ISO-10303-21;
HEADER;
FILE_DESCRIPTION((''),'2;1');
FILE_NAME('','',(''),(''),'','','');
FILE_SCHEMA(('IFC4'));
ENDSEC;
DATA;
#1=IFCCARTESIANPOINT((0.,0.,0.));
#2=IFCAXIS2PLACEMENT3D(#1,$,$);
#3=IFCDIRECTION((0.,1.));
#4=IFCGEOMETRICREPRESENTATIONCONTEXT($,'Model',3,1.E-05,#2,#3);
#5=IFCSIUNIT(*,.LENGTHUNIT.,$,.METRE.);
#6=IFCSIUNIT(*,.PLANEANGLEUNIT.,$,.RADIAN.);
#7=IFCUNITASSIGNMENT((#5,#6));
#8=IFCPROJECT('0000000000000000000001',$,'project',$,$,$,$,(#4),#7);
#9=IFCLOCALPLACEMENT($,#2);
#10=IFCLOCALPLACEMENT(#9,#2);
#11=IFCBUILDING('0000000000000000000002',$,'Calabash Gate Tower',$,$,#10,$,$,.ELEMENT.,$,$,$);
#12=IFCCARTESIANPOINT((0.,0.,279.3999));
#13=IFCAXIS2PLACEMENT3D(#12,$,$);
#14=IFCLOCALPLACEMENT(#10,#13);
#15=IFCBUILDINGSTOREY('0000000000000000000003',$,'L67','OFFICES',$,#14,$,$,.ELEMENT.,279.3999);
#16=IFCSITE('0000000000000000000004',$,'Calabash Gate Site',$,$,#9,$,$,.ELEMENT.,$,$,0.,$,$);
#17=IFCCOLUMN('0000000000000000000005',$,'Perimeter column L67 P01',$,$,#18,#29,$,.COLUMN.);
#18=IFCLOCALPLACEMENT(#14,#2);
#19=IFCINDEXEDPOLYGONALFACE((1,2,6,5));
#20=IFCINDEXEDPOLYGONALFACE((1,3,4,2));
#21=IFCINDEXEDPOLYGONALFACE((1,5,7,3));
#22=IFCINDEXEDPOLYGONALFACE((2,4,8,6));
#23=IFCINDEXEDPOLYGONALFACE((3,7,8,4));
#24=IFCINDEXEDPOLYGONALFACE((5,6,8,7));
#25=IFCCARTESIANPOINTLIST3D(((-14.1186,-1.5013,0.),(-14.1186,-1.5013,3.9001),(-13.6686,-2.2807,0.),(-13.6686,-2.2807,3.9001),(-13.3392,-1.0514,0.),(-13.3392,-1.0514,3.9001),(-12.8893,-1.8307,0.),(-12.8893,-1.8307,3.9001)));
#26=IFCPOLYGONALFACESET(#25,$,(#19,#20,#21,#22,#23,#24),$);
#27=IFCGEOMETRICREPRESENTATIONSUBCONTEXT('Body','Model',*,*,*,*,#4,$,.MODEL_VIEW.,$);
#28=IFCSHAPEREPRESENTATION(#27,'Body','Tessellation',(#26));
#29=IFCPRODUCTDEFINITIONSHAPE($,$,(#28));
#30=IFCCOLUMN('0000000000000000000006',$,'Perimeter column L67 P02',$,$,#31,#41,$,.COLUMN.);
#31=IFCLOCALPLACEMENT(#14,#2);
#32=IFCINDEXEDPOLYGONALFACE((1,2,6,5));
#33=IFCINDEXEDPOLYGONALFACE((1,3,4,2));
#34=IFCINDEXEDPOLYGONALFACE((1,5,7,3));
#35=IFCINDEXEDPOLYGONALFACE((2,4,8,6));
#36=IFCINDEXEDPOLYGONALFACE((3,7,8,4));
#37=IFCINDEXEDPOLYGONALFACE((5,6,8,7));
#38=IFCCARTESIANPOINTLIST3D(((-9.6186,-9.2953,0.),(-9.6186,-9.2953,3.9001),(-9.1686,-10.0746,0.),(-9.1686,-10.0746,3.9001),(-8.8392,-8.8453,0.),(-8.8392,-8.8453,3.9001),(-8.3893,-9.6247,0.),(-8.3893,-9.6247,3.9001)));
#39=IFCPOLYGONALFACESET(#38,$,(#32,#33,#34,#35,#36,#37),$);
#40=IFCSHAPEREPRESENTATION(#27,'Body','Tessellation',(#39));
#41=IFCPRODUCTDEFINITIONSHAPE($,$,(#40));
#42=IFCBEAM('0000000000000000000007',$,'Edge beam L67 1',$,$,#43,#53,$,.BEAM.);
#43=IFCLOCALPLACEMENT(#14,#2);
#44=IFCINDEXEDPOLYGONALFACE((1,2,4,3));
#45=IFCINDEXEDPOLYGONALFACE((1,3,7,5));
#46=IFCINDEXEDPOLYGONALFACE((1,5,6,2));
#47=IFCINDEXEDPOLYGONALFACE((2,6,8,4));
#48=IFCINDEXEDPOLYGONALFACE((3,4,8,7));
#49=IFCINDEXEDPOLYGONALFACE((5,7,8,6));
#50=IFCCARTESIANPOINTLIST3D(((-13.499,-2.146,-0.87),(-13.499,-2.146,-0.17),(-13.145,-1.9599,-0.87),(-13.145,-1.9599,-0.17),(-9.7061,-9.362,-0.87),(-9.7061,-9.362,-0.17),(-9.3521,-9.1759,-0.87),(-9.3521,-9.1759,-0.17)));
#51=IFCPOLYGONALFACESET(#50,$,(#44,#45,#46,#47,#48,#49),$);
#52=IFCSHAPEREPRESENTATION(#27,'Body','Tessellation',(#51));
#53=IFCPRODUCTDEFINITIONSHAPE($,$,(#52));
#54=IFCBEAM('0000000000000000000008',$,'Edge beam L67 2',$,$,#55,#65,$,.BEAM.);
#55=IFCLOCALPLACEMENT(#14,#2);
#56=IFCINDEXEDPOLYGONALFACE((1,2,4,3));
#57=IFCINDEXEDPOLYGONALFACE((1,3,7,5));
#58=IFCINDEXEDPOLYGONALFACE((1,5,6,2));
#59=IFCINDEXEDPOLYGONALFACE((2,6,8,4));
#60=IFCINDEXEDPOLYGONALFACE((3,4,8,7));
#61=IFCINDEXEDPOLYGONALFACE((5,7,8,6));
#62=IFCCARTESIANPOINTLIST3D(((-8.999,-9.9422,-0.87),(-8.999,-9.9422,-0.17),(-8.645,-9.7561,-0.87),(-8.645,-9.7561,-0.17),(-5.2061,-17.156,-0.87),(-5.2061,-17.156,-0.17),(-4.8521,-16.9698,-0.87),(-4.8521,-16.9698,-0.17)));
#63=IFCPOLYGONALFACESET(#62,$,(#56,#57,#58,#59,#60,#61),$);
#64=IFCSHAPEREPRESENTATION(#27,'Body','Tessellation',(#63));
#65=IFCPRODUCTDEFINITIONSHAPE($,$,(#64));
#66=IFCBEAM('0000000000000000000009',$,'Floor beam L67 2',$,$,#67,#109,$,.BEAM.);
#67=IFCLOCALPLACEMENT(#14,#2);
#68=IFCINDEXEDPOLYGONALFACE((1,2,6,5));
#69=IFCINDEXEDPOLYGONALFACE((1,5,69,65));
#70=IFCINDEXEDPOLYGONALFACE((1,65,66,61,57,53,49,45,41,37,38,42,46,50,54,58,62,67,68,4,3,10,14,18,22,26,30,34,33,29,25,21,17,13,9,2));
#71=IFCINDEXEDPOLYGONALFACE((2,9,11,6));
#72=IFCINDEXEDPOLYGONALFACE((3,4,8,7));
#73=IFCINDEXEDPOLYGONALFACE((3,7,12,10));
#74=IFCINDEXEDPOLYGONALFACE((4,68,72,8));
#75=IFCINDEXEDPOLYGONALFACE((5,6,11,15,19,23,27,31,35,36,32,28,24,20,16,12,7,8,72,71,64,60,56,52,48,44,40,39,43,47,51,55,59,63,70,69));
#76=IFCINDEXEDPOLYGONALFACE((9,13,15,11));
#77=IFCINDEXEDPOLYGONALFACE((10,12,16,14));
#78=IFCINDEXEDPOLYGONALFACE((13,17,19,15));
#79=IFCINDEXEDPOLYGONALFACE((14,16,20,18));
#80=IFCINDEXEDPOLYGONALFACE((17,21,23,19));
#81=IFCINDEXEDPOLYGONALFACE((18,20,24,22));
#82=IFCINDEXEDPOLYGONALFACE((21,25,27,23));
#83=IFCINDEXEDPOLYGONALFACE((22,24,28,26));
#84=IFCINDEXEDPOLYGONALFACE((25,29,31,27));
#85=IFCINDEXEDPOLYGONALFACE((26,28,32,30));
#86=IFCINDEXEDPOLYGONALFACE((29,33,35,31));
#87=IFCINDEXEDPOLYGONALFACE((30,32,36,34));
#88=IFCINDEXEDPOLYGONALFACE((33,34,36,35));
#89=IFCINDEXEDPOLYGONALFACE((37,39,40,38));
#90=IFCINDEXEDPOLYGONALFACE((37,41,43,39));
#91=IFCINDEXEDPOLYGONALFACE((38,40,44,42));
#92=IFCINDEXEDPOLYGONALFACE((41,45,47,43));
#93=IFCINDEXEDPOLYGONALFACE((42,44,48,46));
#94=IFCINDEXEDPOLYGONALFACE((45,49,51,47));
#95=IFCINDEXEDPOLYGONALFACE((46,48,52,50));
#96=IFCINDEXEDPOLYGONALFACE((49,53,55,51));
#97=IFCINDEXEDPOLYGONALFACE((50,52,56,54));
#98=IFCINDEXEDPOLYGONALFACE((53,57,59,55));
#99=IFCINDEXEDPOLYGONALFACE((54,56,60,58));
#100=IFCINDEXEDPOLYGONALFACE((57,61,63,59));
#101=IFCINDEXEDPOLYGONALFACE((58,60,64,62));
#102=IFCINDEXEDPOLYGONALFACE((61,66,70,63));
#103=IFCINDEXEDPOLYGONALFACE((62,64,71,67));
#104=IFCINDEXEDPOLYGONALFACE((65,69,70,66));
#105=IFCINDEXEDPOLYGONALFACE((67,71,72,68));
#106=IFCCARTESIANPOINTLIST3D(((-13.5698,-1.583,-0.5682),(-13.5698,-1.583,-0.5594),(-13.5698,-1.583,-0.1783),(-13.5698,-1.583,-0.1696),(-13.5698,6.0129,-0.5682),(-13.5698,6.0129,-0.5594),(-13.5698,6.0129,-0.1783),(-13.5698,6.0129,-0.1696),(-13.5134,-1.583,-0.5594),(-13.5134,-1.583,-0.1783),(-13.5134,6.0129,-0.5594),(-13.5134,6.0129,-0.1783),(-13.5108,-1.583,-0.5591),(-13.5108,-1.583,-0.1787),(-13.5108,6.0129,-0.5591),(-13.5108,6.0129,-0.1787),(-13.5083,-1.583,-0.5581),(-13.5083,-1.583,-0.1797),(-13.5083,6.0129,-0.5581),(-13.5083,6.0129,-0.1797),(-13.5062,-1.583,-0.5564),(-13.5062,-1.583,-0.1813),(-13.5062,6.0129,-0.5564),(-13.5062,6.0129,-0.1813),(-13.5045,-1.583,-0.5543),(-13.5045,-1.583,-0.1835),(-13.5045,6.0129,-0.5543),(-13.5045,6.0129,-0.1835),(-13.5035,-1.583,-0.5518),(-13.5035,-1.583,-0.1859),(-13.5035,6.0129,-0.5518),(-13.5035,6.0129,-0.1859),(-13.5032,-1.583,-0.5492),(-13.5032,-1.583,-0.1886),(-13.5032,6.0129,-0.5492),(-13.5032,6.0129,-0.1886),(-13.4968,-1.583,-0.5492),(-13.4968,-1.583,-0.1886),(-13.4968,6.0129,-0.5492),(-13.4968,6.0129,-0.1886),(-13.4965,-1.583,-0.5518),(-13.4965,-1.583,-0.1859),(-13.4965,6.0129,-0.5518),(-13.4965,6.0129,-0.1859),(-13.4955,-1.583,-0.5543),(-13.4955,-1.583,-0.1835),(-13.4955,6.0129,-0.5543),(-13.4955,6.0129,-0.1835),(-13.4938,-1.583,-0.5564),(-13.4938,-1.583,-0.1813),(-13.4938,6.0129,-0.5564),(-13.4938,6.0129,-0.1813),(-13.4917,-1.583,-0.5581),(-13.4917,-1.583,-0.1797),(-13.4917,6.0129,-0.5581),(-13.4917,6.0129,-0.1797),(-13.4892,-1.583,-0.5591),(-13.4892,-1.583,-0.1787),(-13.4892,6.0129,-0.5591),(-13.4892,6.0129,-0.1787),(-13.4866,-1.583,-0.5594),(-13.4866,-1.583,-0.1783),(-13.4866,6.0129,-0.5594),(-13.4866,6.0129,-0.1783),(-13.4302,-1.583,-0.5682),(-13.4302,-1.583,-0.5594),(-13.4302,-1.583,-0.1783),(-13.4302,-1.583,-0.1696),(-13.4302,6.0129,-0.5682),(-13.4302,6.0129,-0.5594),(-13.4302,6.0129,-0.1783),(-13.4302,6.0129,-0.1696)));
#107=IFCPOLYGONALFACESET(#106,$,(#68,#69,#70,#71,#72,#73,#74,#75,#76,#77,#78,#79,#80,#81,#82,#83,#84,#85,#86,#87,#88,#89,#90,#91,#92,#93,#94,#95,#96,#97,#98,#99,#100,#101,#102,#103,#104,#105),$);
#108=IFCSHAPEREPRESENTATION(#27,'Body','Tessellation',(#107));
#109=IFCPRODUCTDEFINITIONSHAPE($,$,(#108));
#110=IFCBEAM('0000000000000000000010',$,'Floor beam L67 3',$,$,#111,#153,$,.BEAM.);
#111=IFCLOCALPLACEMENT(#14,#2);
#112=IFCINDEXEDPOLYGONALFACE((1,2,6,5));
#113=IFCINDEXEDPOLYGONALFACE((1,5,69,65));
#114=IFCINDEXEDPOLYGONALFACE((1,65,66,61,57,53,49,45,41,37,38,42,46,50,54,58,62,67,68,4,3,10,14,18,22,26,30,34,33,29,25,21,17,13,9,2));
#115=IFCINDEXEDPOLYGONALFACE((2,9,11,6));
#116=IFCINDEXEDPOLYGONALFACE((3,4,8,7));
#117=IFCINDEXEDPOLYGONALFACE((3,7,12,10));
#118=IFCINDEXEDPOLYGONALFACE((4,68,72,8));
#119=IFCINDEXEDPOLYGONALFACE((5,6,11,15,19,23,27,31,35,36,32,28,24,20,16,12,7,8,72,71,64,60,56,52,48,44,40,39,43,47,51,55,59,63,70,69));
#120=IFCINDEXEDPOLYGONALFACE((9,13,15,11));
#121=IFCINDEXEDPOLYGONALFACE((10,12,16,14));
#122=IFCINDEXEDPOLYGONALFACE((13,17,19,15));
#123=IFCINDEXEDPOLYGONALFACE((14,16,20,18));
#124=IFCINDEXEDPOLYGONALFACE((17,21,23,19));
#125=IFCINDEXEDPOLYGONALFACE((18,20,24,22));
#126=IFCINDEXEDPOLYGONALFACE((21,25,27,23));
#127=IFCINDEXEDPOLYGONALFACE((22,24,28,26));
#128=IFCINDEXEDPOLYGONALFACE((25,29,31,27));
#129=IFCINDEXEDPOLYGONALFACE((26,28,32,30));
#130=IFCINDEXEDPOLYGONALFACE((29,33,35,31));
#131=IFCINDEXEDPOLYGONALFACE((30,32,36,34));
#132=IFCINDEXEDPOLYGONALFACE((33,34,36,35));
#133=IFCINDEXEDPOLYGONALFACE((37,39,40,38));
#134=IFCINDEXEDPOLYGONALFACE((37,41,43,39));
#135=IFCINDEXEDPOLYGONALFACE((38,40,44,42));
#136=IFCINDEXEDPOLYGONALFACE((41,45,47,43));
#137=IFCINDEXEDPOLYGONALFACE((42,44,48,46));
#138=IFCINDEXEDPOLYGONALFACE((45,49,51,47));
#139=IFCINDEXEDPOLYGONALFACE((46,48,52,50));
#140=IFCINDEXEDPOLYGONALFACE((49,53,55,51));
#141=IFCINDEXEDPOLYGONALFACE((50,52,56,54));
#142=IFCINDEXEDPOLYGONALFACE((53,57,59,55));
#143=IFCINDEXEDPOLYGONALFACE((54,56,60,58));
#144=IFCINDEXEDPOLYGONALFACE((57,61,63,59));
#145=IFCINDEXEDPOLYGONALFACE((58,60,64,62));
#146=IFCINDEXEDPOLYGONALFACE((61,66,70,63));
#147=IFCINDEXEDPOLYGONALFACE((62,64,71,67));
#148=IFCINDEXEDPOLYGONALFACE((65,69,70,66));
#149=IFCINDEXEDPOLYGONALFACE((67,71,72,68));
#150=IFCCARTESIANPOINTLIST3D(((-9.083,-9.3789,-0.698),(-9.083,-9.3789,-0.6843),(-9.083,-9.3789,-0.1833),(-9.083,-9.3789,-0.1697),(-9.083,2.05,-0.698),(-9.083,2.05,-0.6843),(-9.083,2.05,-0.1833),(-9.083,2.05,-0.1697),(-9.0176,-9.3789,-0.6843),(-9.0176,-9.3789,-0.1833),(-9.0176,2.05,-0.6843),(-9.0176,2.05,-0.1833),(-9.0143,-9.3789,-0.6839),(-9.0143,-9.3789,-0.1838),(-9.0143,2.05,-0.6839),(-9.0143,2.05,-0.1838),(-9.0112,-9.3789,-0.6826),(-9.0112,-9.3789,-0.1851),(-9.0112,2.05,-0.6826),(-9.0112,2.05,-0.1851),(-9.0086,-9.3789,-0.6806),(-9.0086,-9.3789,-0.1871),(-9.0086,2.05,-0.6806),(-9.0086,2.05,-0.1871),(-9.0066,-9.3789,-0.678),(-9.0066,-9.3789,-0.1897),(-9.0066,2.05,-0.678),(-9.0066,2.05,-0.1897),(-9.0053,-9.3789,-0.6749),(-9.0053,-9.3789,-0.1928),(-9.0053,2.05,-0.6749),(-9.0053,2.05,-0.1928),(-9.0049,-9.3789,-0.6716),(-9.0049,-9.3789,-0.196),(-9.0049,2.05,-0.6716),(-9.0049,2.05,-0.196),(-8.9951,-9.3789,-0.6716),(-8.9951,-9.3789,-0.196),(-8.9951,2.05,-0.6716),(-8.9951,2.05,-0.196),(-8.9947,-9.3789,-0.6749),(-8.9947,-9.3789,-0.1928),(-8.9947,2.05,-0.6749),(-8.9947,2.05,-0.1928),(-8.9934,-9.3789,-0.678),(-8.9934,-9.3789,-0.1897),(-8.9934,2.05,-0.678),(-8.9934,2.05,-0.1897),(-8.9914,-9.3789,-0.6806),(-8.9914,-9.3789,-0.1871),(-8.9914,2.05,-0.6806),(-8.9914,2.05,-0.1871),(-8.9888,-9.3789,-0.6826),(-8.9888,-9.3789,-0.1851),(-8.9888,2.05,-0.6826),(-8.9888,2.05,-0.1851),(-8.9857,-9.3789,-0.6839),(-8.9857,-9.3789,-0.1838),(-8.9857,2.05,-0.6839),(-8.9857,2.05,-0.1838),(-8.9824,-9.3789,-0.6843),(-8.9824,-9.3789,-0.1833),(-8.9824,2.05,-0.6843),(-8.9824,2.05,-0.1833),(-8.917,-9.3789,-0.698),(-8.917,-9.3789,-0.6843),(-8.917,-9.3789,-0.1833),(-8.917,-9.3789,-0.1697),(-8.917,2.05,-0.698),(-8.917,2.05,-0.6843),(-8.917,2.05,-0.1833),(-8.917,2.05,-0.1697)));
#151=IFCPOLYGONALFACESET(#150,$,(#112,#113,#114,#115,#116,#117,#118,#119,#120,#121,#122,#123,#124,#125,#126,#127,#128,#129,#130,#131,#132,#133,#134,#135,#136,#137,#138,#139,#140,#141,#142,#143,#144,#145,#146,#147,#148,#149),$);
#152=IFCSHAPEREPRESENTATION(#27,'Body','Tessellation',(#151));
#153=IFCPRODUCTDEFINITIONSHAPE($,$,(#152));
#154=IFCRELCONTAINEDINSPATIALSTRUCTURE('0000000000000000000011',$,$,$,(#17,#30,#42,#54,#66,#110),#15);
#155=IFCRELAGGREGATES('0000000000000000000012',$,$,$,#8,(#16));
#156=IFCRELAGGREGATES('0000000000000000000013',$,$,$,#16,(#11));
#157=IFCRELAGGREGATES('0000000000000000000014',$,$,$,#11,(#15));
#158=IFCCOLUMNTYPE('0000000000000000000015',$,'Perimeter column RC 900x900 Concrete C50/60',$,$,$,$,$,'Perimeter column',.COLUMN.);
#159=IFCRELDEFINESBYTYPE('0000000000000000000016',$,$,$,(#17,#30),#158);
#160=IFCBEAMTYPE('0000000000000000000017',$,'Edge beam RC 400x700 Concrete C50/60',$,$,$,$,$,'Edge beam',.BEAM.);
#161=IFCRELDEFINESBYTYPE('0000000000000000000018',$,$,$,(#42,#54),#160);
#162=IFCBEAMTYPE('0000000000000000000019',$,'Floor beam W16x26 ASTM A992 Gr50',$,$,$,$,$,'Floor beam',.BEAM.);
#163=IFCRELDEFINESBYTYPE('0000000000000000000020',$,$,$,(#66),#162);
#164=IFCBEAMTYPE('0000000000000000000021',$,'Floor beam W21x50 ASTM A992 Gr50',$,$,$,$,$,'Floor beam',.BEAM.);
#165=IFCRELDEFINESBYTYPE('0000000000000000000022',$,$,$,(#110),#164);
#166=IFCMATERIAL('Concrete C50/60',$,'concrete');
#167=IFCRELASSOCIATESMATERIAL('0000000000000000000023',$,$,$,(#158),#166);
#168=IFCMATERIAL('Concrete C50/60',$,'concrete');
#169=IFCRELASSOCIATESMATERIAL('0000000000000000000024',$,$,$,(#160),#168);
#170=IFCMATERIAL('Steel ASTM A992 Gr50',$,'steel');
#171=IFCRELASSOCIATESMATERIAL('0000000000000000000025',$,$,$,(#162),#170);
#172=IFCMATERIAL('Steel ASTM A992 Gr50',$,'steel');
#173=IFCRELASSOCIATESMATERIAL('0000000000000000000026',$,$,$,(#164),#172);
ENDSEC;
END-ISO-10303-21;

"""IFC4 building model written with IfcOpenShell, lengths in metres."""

from ifc_helpers import new_model, si_unit, direction, frame, origin, origin_2d, place, context, subcontext, project, spatial, rectangle, i_section, extrude, material, material_profile, profile_set, type_object, element, save


model = new_model("IFC4")

# Units and contexts
model_context = context("Model", 3, precision=1e-05, world=origin(), true_north=direction((0.0, 1.0)))
body_context = subcontext(model_context, "Body", "Model", "MODEL_VIEW")
ifc_project = project(units=[si_unit("LENGTHUNIT", "METRE"), si_unit("PLANEANGLEUNIT", "RADIAN")], contexts=[model_context])

# Site, building, storey
site_placement = place(None, origin())
site = spatial("IfcSite", under=ifc_project, at=site_placement, Name="Calabash Gate Site", CompositionType="ELEMENT", RefElevation=0.0)
building_placement = place(site_placement, origin())
building = spatial("IfcBuilding", under=site, at=building_placement, Name="Calabash Gate Tower", CompositionType="ELEMENT")
storey_placement = place(building_placement, frame((0.0, 0.0, 279.3999)))
storey = spatial("IfcBuildingStorey", under=building, at=storey_placement, Name="L67", Description="OFFICES", CompositionType="ELEMENT", Elevation=279.3999)

# Columns
ifc_material_1 = material(Name="Concrete C50/60", Category="concrete")
ifc_material_profile_1 = material_profile(ifc_material_1, rectangle(XDim=0.8999, YDim=0.8999, at=origin_2d()))
ifc_profile_set_1 = profile_set([ifc_material_profile_1], Name="Concrete C50/60")
column_type = type_object("IfcColumnType", Name="Perimeter column RC 900x900 Concrete C50/60", ElementType="Perimeter column", PredefinedType="COLUMN", material=ifc_profile_set_1)
for number, where, z_axis, x_axis, name in (
    (1, (-13.5039, -1.666, 0.0), (0.0, 0.0, 1.0), (0.5, -0.866025, 0.0), "Perimeter column L67 P01"),
    (2, (-9.0039, -9.46, 0.0), (0.0, 0.0, 1.0), (0.5, -0.866025, 0.0), "Perimeter column L67 P02"),
):
    element("IfcColumn", number, at=place(storey_placement, frame(where, z_axis=z_axis, x_axis=x_axis)), inside=storey, type_object=column_type, Name=name, PredefinedType="COLUMN", context=body_context, shape_type="SweptSolid", body=[
        extrude(rectangle(XDim=0.8999, YDim=0.8999, at=origin_2d()), origin(), (0.0, 0.0, 1.0), 3.9001),
    ])

# Beams
ifc_material_2 = material(Name="Concrete C50/60", Category="concrete")
ifc_material_profile_2 = material_profile(ifc_material_2, rectangle(XDim=0.3999, YDim=0.7, at=origin_2d()))
ifc_profile_set_2 = profile_set([ifc_material_profile_2], Name="Concrete C50/60")
beam_type_1 = type_object("IfcBeamType", Name="Edge beam RC 400x700 Concrete C50/60", ElementType="Edge beam", PredefinedType="BEAM", material=ifc_profile_set_2)
beam_1_placement = place(storey_placement, frame((-13.322, -2.053, -0.52), z_axis=(0.46527, -0.885169, 0.0), x_axis=(0.885169, 0.46527, 0.0)))
element("IfcBeam", 3, at=beam_1_placement, inside=storey, type_object=beam_type_1, Name="Edge beam L67 1", PredefinedType="BEAM", context=body_context, shape_type="SweptSolid", body=[
    extrude(rectangle(XDim=0.3999, YDim=0.7, at=origin_2d()), origin(), (0.0, 0.0, 1.0), 8.1521),
])
beam_2_placement = place(storey_placement, frame((-8.822, -9.8491, -0.52), z_axis=(0.465381, -0.88511, 0.0), x_axis=(0.88511, 0.465381, 0.0)))
element("IfcBeam", 4, at=beam_2_placement, inside=storey, type_object=beam_type_1, Name="Edge beam L67 2", PredefinedType="BEAM", context=body_context, shape_type="SweptSolid", body=[
    extrude(rectangle(XDim=0.3999, YDim=0.7, at=origin_2d()), origin(), (0.0, 0.0, 1.0), 8.1501),
])
ifc_material_3 = material(Name="Steel ASTM A992 Gr50", Category="steel")
ifc_material_profile_3 = material_profile(ifc_material_3, i_section(OverallWidth=0.1396, OverallDepth=0.3987, WebThickness=0.0063, FlangeThickness=0.0088, FilletRadius=0.0103, at=origin_2d()))
ifc_profile_set_3 = profile_set([ifc_material_profile_3], Name="Steel ASTM A992 Gr50")
beam_type_2 = type_object("IfcBeamType", Name="Floor beam W16x26 ASTM A992 Gr50", ElementType="Floor beam", PredefinedType="BEAM", material=ifc_profile_set_3)
beam_3_placement = place(storey_placement, frame((-13.5, -1.583, -0.3689), z_axis=(0.0, 1.0, 0.0), x_axis=(-1.0, 0.0, 0.0)))
element("IfcBeam", 5, at=beam_3_placement, inside=storey, type_object=beam_type_2, Name="Floor beam L67 2", PredefinedType="BEAM", context=body_context, shape_type="SweptSolid", body=[
    extrude(i_section(OverallWidth=0.1396, OverallDepth=0.3987, WebThickness=0.0063, FlangeThickness=0.0088, FilletRadius=0.0103, at=origin_2d()), origin(), (0.0, 0.0, 1.0), 7.5959),
])
ifc_material_4 = material(Name="Steel ASTM A992 Gr50", Category="steel")
ifc_material_profile_4 = material_profile(ifc_material_4, i_section(OverallWidth=0.166, OverallDepth=0.5283, WebThickness=0.0098, FlangeThickness=0.0137, FilletRadius=0.0127, at=origin_2d()))
ifc_profile_set_4 = profile_set([ifc_material_profile_4], Name="Steel ASTM A992 Gr50")
beam_type_3 = type_object("IfcBeamType", Name="Floor beam W21x50 ASTM A992 Gr50", ElementType="Floor beam", PredefinedType="BEAM", material=ifc_profile_set_4)
beam_4_placement = place(storey_placement, frame((-9.0, -9.3789, -0.4338), z_axis=(0.0, 1.0, 0.0), x_axis=(-1.0, 0.0, 0.0)))
element("IfcBeam", 6, at=beam_4_placement, inside=storey, type_object=beam_type_3, Name="Floor beam L67 3", PredefinedType="BEAM", context=body_context, shape_type="SweptSolid", body=[
    extrude(i_section(OverallWidth=0.166, OverallDepth=0.5283, WebThickness=0.0098, FlangeThickness=0.0137, FilletRadius=0.0127, at=origin_2d()), origin(), (0.0, 0.0, 1.0), 11.429),
])

save(model, "model.ifc")
